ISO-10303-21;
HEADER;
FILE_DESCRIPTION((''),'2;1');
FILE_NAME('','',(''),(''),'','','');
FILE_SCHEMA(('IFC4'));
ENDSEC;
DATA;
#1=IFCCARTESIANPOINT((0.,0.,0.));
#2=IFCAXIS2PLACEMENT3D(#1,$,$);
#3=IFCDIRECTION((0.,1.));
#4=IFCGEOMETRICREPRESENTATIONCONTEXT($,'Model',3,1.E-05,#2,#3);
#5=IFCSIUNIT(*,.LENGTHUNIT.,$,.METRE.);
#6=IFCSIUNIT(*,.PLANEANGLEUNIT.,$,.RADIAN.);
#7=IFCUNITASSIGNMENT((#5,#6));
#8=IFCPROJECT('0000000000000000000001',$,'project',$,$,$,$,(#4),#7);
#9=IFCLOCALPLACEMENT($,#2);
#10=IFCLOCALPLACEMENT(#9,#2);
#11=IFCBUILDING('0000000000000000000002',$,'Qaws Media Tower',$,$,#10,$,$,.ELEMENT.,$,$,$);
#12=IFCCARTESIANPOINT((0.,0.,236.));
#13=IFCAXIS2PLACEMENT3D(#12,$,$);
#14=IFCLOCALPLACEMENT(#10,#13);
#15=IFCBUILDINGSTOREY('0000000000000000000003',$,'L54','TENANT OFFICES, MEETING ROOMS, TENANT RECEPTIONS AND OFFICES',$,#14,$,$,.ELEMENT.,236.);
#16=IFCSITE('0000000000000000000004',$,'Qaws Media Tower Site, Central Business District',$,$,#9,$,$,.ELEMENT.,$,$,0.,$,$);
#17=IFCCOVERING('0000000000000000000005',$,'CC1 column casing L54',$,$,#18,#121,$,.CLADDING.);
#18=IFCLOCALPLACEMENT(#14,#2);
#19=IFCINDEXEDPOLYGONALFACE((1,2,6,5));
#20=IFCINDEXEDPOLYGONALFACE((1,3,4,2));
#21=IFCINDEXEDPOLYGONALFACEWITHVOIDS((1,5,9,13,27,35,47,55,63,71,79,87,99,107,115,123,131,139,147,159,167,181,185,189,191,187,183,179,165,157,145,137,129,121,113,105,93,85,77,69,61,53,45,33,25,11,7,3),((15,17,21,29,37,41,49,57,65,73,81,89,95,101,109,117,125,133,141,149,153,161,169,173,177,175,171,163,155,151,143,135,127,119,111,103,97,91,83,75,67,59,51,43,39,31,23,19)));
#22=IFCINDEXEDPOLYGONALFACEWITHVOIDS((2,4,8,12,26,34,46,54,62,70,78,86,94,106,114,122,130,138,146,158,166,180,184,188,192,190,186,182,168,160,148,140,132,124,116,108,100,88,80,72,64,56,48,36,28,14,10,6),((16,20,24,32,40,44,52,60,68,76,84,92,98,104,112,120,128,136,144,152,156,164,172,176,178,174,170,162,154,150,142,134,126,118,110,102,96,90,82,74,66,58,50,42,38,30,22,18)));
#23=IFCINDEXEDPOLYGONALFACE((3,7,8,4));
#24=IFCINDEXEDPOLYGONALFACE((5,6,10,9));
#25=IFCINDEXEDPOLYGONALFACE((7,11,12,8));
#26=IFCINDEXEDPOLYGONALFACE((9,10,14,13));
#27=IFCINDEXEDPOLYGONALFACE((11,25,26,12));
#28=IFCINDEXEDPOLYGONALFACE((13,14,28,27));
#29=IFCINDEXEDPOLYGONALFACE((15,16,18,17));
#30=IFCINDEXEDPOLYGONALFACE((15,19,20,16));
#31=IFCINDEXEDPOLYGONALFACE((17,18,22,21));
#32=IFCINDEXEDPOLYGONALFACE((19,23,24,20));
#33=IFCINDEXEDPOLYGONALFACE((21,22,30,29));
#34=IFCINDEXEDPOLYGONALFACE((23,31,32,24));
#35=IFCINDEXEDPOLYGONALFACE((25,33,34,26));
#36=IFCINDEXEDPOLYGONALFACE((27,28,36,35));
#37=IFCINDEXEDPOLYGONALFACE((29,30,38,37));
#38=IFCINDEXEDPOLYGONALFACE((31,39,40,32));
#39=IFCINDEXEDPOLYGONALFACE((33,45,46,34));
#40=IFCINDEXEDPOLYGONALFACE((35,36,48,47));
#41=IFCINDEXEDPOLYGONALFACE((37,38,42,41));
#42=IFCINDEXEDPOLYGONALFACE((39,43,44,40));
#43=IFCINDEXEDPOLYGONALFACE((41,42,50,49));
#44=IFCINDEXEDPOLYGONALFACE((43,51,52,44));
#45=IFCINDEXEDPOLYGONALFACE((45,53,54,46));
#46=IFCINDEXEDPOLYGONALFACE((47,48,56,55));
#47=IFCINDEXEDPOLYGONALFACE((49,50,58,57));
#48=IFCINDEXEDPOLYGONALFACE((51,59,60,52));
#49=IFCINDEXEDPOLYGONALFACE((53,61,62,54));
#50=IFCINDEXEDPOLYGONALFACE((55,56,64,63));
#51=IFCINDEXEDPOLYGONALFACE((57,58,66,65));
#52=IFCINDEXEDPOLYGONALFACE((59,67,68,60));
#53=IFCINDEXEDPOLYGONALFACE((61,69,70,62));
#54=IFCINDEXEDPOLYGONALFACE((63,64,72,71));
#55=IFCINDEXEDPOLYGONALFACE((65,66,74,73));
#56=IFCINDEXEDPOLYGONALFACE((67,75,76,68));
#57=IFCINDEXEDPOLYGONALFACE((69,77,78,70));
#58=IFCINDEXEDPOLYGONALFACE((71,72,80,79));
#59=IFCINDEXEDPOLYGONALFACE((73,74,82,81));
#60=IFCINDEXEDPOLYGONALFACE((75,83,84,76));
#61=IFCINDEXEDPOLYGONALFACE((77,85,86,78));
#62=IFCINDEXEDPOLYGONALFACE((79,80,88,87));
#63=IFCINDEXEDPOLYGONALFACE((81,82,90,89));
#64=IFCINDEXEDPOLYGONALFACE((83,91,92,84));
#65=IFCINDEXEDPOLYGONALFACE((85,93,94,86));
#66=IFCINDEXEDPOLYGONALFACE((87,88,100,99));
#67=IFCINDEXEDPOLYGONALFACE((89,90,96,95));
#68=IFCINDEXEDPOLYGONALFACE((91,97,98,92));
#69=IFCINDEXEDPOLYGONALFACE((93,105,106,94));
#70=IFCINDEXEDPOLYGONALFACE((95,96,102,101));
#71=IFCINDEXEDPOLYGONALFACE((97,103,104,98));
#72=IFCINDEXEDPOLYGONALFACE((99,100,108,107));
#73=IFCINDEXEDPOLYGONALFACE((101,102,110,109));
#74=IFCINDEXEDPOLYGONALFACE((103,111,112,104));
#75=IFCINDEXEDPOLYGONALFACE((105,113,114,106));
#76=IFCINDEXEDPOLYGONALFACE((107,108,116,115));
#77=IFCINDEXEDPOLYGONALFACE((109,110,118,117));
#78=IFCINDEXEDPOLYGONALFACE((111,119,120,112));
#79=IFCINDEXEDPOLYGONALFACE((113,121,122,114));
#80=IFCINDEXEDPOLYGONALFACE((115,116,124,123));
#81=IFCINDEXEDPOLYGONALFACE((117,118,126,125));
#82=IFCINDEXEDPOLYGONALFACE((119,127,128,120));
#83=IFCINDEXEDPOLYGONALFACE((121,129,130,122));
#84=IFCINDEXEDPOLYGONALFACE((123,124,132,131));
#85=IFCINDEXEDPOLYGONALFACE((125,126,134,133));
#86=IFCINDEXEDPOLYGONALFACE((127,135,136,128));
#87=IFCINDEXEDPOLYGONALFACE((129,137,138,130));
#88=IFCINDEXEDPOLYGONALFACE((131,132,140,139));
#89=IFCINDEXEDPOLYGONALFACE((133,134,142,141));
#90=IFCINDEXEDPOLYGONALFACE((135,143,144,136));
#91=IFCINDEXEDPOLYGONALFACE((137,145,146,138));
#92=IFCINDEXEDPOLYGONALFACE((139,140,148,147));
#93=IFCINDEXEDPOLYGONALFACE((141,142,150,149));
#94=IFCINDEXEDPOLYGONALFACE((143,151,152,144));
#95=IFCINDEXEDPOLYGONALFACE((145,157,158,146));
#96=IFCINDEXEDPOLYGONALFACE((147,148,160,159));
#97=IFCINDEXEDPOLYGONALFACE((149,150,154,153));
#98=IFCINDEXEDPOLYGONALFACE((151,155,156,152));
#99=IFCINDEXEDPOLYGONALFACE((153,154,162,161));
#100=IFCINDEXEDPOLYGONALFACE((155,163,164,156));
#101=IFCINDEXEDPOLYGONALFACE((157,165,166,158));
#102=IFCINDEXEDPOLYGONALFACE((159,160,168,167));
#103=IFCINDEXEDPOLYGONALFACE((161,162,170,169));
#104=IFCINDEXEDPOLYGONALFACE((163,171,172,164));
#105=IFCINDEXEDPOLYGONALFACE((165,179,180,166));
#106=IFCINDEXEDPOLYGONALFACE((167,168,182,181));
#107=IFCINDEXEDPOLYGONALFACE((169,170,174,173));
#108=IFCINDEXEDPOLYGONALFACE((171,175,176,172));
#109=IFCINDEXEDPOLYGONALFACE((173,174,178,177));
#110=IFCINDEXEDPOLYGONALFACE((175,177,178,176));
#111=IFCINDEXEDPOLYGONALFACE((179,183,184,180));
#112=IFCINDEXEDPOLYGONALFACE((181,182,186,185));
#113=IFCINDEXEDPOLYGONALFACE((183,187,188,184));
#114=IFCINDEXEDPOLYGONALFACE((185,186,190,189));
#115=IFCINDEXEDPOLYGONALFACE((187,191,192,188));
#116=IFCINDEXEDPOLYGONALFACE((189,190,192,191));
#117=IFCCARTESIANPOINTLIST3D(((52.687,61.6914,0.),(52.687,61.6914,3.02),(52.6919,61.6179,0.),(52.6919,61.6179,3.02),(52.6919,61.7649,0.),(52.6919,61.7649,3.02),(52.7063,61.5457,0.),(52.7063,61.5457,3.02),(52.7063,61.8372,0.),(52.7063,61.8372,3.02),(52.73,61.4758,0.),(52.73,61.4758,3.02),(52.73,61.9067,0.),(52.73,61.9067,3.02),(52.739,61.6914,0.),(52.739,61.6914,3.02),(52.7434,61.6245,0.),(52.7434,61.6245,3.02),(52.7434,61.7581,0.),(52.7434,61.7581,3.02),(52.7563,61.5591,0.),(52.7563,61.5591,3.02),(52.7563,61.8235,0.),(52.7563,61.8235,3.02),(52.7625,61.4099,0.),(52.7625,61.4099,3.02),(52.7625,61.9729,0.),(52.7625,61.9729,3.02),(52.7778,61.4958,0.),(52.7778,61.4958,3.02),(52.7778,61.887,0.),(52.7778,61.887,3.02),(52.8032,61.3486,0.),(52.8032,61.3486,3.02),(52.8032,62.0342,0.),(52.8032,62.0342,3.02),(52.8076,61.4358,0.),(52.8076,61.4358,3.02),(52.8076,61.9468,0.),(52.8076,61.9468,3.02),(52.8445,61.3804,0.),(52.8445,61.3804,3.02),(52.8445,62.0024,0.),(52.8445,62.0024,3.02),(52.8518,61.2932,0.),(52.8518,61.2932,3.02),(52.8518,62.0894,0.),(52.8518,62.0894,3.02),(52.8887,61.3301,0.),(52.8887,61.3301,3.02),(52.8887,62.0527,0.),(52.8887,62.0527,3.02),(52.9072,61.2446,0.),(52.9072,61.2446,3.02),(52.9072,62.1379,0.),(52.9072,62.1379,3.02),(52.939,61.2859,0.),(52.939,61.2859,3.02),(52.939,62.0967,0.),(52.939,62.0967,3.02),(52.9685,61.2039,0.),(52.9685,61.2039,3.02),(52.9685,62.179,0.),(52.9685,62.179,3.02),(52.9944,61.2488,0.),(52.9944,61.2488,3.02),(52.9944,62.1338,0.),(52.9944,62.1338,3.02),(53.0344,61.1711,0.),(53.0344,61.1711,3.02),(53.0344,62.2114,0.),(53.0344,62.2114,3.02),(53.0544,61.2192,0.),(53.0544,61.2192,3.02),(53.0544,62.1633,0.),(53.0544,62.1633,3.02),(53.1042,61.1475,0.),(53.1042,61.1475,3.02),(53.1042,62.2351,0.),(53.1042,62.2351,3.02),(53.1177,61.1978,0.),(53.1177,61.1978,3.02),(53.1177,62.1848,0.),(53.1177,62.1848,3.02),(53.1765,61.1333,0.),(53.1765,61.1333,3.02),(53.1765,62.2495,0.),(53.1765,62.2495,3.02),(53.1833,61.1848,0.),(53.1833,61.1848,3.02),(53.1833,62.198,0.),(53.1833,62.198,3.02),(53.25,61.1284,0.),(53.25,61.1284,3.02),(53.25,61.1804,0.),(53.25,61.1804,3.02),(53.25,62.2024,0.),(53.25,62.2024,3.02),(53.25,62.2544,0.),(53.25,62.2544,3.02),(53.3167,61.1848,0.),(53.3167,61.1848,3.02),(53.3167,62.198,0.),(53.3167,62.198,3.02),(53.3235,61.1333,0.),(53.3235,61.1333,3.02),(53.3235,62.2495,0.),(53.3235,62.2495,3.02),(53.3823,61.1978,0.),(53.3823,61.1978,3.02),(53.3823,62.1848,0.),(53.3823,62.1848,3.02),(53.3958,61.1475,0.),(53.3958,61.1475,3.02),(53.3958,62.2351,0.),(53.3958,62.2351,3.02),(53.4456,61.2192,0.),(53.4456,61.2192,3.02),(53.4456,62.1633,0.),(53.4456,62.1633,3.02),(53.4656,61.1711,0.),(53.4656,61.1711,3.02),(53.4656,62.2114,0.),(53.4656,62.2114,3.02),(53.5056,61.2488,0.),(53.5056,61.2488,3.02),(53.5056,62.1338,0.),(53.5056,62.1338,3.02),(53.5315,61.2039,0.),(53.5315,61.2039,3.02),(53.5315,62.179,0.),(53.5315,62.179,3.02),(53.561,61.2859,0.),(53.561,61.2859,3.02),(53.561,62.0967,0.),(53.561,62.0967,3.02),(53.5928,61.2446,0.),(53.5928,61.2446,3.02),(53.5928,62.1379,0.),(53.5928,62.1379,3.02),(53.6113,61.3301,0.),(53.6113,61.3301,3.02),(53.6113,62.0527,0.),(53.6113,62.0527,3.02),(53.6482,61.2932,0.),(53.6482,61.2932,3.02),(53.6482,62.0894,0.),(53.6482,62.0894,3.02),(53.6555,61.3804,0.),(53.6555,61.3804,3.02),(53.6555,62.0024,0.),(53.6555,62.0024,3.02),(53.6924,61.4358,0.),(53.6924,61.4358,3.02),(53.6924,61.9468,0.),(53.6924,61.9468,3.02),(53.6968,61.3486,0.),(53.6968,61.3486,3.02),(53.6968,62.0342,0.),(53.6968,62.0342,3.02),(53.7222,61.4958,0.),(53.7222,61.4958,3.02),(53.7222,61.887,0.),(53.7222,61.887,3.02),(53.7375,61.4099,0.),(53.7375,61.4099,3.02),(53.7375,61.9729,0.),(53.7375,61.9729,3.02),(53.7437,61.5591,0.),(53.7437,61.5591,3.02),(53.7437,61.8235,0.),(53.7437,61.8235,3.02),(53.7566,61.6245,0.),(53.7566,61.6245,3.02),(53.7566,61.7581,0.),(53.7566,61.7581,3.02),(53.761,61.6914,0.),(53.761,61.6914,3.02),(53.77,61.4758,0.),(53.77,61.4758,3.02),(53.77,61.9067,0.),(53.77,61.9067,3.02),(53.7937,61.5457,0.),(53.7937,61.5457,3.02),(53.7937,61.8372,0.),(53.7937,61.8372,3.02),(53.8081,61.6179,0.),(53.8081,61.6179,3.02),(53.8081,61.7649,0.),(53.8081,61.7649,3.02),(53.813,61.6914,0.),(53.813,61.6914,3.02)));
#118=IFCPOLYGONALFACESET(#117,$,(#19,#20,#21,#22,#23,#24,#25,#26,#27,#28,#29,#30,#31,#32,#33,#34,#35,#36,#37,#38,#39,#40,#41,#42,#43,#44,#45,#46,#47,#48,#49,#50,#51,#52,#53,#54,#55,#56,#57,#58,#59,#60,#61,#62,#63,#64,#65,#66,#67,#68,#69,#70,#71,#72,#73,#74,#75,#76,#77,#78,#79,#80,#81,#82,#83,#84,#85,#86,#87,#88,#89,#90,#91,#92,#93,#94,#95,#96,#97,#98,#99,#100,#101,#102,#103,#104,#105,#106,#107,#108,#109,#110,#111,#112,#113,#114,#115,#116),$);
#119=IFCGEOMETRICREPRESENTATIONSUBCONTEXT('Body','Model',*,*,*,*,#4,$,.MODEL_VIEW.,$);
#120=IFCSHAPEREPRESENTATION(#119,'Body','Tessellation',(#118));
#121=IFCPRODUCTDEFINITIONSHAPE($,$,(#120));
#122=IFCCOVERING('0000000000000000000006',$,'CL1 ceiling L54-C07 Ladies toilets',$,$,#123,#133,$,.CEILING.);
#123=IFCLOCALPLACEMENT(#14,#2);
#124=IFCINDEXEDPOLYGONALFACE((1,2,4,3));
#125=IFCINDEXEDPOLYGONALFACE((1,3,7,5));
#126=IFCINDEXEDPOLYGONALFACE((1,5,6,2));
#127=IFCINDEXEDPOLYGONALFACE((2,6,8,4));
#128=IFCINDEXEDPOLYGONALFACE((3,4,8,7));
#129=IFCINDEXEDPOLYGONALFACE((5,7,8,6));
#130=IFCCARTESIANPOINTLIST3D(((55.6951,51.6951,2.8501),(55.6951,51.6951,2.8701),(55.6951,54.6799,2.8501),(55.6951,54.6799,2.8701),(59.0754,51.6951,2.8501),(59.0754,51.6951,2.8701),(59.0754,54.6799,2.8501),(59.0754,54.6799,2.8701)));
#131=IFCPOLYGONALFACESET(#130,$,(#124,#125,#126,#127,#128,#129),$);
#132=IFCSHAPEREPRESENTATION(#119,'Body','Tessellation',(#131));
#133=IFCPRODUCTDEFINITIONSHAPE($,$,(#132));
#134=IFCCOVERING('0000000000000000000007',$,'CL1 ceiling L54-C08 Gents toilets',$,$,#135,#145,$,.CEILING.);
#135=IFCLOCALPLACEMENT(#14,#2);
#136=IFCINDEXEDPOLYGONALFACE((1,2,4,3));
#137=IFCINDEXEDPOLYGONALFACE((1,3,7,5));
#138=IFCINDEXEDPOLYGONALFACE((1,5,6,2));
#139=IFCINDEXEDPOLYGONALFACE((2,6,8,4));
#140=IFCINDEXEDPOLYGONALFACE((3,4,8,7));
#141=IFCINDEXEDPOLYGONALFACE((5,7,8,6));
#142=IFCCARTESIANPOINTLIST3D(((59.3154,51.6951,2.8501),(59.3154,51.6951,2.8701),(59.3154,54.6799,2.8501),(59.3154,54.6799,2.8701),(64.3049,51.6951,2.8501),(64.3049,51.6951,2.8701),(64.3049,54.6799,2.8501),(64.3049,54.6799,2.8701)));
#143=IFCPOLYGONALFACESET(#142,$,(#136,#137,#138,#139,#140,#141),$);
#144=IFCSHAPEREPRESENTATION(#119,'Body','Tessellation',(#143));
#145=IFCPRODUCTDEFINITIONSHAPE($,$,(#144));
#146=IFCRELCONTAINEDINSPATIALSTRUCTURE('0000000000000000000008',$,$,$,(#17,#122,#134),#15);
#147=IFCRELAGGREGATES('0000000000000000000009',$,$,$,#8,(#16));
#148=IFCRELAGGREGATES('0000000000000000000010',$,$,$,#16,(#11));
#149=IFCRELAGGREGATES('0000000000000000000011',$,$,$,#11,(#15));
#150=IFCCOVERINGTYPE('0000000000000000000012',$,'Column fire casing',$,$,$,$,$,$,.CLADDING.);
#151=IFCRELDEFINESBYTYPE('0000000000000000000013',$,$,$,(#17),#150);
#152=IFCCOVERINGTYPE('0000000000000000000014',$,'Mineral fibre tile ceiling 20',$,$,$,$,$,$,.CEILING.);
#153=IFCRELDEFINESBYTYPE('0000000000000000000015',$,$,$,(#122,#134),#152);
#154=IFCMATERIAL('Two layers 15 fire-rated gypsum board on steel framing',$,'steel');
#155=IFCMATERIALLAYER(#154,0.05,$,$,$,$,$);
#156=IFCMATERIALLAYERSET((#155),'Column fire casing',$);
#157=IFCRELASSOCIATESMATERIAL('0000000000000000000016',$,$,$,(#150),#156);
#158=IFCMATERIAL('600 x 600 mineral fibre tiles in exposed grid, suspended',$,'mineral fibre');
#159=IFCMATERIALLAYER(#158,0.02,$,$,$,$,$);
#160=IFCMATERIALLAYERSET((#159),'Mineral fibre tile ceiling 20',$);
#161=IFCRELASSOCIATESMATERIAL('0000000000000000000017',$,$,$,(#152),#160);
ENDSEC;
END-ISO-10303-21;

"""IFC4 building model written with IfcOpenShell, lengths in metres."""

from ifc_helpers import new_model, si_unit, direction, frame, origin, place, context, subcontext, project, spatial, polyline, outline, extrude, material, layer, layer_set, type_object, element, save


model = new_model("IFC4")

# Units and contexts
model_context = context("Model", 3, precision=1e-05, world=origin(), true_north=direction((0.0, 1.0)))
body_context = subcontext(model_context, "Body", "Model", "MODEL_VIEW")
ifc_project = project(units=[si_unit("LENGTHUNIT", "METRE"), si_unit("PLANEANGLEUNIT", "RADIAN")], contexts=[model_context])

# Site, building, storey
site_placement = place(None, origin())
site = spatial("IfcSite", under=ifc_project, at=site_placement, Name="Qaws Media Tower Site, Central Business District", CompositionType="ELEMENT", RefElevation=0.0)
building_placement = place(site_placement, origin())
building = spatial("IfcBuilding", under=site, at=building_placement, Name="Qaws Media Tower", CompositionType="ELEMENT")
storey_placement = place(building_placement, frame((0.0, 0.0, 236.0)))
storey = spatial("IfcBuildingStorey", under=building, at=storey_placement, Name="L54", Description="TENANT OFFICES, MEETING ROOMS, TENANT RECEPTIONS AND OFFICES", CompositionType="ELEMENT", Elevation=236.0)

# Coverings
ifc_material_1 = material(Name="Two layers 15 fire-rated gypsum board on steel framing", Category="steel")
ifc_layer_1 = layer(ifc_material_1, 0.05)
ifc_layer_set_1 = layer_set([ifc_layer_1], Name="Column fire casing")
covering_type_1 = type_object("IfcCoveringType", Name="Column fire casing", PredefinedType="CLADDING", material=ifc_layer_set_1)
covering_1_placement = place(storey_placement, origin())
element("IfcCovering", 1, at=covering_1_placement, inside=storey, type_object=covering_type_1, Name="CC1 column casing L54", PredefinedType="CLADDING", context=body_context, shape_type="SweptSolid", body=[
    extrude(outline(polyline([(53.813, 61.6914), (53.8081, 61.6179), (53.7937, 61.5457), (53.77, 61.4758), (53.7375, 61.4099), (53.6968, 61.3486), (53.6482, 61.2932), (53.5928, 61.2446), (53.5315, 61.2039), (53.4656, 61.1711), (53.3958, 61.1475), (53.3235, 61.1333), (53.25, 61.1284), (53.1765, 61.1333), (53.1042, 61.1475), (53.0344, 61.1711), (52.9685, 61.2039), (52.9072, 61.2446), (52.8518, 61.2932), (52.8032, 61.3486), (52.7625, 61.4099), (52.73, 61.4758), (52.7063, 61.5457), (52.6919, 61.6179), (52.687, 61.6914), (52.6919, 61.7649), (52.7063, 61.8372), (52.73, 61.9067), (52.7625, 61.9729), (52.8032, 62.0342), (52.8518, 62.0894), (52.9072, 62.1379), (52.9685, 62.179), (53.0344, 62.2114), (53.1042, 62.2351), (53.1765, 62.2495), (53.25, 62.2544), (53.3235, 62.2495), (53.3958, 62.2351), (53.4656, 62.2114), (53.5315, 62.179), (53.5928, 62.1379), (53.6482, 62.0894), (53.6968, 62.0342), (53.7375, 61.9729), (53.77, 61.9067), (53.7937, 61.8372), (53.8081, 61.7649), (53.813, 61.6914)]), holes=[polyline([(53.761, 61.6914), (53.7566, 61.6245), (53.7437, 61.5591), (53.7222, 61.4958), (53.6924, 61.4358), (53.6555, 61.3804), (53.6113, 61.3301), (53.561, 61.2859), (53.5056, 61.2488), (53.4456, 61.2192), (53.3823, 61.1978), (53.3167, 61.1848), (53.25, 61.1804), (53.1833, 61.1848), (53.1177, 61.1978), (53.0544, 61.2192), (52.9944, 61.2488), (52.939, 61.2859), (52.8887, 61.3301), (52.8445, 61.3804), (52.8076, 61.4358), (52.7778, 61.4958), (52.7563, 61.5591), (52.7434, 61.6245), (52.739, 61.6914), (52.7434, 61.7581), (52.7563, 61.8235), (52.7778, 61.887), (52.8076, 61.9468), (52.8445, 62.0024), (52.8887, 62.0527), (52.939, 62.0967), (52.9944, 62.1338), (53.0544, 62.1633), (53.1177, 62.1848), (53.1833, 62.198), (53.25, 62.2024), (53.3167, 62.198), (53.3823, 62.1848), (53.4456, 62.1633), (53.5056, 62.1338), (53.561, 62.0967), (53.6113, 62.0527), (53.6555, 62.0024), (53.6924, 61.9468), (53.7222, 61.887), (53.7437, 61.8235), (53.7566, 61.7581), (53.761, 61.6914)])]), origin(), (0.0, 0.0, 1.0), 3.02),
])
ifc_material_2 = material(Name="600 x 600 mineral fibre tiles in exposed grid, suspended", Category="mineral fibre")
ifc_layer_2 = layer(ifc_material_2, 0.02)
ifc_layer_set_2 = layer_set([ifc_layer_2], Name="Mineral fibre tile ceiling 20")
covering_type_2 = type_object("IfcCoveringType", Name="Mineral fibre tile ceiling 20", PredefinedType="CEILING", material=ifc_layer_set_2)
covering_2_placement = place(storey_placement, frame((0.0, 0.0, 2.8501)))
element("IfcCovering", 2, at=covering_2_placement, inside=storey, type_object=covering_type_2, Name="CL1 ceiling L54-C07 Ladies toilets", PredefinedType="CEILING", context=body_context, shape_type="SweptSolid", body=[
    extrude(outline(polyline([(55.6951, 51.6951), (55.6951, 54.6799), (59.0754, 54.6799), (59.0754, 51.6951), (55.6951, 51.6951)])), origin(), (0.0, 0.0, 1.0), 0.02),
])
covering_3_placement = place(storey_placement, frame((0.0, 0.0, 2.8501)))
element("IfcCovering", 3, at=covering_3_placement, inside=storey, type_object=covering_type_2, Name="CL1 ceiling L54-C08 Gents toilets", PredefinedType="CEILING", context=body_context, shape_type="SweptSolid", body=[
    extrude(outline(polyline([(59.3154, 51.6951), (59.3154, 54.6799), (64.3049, 54.6799), (64.3049, 51.6951), (59.3154, 51.6951)])), origin(), (0.0, 0.0, 1.0), 0.02),
])

save(model, "model.ifc")
